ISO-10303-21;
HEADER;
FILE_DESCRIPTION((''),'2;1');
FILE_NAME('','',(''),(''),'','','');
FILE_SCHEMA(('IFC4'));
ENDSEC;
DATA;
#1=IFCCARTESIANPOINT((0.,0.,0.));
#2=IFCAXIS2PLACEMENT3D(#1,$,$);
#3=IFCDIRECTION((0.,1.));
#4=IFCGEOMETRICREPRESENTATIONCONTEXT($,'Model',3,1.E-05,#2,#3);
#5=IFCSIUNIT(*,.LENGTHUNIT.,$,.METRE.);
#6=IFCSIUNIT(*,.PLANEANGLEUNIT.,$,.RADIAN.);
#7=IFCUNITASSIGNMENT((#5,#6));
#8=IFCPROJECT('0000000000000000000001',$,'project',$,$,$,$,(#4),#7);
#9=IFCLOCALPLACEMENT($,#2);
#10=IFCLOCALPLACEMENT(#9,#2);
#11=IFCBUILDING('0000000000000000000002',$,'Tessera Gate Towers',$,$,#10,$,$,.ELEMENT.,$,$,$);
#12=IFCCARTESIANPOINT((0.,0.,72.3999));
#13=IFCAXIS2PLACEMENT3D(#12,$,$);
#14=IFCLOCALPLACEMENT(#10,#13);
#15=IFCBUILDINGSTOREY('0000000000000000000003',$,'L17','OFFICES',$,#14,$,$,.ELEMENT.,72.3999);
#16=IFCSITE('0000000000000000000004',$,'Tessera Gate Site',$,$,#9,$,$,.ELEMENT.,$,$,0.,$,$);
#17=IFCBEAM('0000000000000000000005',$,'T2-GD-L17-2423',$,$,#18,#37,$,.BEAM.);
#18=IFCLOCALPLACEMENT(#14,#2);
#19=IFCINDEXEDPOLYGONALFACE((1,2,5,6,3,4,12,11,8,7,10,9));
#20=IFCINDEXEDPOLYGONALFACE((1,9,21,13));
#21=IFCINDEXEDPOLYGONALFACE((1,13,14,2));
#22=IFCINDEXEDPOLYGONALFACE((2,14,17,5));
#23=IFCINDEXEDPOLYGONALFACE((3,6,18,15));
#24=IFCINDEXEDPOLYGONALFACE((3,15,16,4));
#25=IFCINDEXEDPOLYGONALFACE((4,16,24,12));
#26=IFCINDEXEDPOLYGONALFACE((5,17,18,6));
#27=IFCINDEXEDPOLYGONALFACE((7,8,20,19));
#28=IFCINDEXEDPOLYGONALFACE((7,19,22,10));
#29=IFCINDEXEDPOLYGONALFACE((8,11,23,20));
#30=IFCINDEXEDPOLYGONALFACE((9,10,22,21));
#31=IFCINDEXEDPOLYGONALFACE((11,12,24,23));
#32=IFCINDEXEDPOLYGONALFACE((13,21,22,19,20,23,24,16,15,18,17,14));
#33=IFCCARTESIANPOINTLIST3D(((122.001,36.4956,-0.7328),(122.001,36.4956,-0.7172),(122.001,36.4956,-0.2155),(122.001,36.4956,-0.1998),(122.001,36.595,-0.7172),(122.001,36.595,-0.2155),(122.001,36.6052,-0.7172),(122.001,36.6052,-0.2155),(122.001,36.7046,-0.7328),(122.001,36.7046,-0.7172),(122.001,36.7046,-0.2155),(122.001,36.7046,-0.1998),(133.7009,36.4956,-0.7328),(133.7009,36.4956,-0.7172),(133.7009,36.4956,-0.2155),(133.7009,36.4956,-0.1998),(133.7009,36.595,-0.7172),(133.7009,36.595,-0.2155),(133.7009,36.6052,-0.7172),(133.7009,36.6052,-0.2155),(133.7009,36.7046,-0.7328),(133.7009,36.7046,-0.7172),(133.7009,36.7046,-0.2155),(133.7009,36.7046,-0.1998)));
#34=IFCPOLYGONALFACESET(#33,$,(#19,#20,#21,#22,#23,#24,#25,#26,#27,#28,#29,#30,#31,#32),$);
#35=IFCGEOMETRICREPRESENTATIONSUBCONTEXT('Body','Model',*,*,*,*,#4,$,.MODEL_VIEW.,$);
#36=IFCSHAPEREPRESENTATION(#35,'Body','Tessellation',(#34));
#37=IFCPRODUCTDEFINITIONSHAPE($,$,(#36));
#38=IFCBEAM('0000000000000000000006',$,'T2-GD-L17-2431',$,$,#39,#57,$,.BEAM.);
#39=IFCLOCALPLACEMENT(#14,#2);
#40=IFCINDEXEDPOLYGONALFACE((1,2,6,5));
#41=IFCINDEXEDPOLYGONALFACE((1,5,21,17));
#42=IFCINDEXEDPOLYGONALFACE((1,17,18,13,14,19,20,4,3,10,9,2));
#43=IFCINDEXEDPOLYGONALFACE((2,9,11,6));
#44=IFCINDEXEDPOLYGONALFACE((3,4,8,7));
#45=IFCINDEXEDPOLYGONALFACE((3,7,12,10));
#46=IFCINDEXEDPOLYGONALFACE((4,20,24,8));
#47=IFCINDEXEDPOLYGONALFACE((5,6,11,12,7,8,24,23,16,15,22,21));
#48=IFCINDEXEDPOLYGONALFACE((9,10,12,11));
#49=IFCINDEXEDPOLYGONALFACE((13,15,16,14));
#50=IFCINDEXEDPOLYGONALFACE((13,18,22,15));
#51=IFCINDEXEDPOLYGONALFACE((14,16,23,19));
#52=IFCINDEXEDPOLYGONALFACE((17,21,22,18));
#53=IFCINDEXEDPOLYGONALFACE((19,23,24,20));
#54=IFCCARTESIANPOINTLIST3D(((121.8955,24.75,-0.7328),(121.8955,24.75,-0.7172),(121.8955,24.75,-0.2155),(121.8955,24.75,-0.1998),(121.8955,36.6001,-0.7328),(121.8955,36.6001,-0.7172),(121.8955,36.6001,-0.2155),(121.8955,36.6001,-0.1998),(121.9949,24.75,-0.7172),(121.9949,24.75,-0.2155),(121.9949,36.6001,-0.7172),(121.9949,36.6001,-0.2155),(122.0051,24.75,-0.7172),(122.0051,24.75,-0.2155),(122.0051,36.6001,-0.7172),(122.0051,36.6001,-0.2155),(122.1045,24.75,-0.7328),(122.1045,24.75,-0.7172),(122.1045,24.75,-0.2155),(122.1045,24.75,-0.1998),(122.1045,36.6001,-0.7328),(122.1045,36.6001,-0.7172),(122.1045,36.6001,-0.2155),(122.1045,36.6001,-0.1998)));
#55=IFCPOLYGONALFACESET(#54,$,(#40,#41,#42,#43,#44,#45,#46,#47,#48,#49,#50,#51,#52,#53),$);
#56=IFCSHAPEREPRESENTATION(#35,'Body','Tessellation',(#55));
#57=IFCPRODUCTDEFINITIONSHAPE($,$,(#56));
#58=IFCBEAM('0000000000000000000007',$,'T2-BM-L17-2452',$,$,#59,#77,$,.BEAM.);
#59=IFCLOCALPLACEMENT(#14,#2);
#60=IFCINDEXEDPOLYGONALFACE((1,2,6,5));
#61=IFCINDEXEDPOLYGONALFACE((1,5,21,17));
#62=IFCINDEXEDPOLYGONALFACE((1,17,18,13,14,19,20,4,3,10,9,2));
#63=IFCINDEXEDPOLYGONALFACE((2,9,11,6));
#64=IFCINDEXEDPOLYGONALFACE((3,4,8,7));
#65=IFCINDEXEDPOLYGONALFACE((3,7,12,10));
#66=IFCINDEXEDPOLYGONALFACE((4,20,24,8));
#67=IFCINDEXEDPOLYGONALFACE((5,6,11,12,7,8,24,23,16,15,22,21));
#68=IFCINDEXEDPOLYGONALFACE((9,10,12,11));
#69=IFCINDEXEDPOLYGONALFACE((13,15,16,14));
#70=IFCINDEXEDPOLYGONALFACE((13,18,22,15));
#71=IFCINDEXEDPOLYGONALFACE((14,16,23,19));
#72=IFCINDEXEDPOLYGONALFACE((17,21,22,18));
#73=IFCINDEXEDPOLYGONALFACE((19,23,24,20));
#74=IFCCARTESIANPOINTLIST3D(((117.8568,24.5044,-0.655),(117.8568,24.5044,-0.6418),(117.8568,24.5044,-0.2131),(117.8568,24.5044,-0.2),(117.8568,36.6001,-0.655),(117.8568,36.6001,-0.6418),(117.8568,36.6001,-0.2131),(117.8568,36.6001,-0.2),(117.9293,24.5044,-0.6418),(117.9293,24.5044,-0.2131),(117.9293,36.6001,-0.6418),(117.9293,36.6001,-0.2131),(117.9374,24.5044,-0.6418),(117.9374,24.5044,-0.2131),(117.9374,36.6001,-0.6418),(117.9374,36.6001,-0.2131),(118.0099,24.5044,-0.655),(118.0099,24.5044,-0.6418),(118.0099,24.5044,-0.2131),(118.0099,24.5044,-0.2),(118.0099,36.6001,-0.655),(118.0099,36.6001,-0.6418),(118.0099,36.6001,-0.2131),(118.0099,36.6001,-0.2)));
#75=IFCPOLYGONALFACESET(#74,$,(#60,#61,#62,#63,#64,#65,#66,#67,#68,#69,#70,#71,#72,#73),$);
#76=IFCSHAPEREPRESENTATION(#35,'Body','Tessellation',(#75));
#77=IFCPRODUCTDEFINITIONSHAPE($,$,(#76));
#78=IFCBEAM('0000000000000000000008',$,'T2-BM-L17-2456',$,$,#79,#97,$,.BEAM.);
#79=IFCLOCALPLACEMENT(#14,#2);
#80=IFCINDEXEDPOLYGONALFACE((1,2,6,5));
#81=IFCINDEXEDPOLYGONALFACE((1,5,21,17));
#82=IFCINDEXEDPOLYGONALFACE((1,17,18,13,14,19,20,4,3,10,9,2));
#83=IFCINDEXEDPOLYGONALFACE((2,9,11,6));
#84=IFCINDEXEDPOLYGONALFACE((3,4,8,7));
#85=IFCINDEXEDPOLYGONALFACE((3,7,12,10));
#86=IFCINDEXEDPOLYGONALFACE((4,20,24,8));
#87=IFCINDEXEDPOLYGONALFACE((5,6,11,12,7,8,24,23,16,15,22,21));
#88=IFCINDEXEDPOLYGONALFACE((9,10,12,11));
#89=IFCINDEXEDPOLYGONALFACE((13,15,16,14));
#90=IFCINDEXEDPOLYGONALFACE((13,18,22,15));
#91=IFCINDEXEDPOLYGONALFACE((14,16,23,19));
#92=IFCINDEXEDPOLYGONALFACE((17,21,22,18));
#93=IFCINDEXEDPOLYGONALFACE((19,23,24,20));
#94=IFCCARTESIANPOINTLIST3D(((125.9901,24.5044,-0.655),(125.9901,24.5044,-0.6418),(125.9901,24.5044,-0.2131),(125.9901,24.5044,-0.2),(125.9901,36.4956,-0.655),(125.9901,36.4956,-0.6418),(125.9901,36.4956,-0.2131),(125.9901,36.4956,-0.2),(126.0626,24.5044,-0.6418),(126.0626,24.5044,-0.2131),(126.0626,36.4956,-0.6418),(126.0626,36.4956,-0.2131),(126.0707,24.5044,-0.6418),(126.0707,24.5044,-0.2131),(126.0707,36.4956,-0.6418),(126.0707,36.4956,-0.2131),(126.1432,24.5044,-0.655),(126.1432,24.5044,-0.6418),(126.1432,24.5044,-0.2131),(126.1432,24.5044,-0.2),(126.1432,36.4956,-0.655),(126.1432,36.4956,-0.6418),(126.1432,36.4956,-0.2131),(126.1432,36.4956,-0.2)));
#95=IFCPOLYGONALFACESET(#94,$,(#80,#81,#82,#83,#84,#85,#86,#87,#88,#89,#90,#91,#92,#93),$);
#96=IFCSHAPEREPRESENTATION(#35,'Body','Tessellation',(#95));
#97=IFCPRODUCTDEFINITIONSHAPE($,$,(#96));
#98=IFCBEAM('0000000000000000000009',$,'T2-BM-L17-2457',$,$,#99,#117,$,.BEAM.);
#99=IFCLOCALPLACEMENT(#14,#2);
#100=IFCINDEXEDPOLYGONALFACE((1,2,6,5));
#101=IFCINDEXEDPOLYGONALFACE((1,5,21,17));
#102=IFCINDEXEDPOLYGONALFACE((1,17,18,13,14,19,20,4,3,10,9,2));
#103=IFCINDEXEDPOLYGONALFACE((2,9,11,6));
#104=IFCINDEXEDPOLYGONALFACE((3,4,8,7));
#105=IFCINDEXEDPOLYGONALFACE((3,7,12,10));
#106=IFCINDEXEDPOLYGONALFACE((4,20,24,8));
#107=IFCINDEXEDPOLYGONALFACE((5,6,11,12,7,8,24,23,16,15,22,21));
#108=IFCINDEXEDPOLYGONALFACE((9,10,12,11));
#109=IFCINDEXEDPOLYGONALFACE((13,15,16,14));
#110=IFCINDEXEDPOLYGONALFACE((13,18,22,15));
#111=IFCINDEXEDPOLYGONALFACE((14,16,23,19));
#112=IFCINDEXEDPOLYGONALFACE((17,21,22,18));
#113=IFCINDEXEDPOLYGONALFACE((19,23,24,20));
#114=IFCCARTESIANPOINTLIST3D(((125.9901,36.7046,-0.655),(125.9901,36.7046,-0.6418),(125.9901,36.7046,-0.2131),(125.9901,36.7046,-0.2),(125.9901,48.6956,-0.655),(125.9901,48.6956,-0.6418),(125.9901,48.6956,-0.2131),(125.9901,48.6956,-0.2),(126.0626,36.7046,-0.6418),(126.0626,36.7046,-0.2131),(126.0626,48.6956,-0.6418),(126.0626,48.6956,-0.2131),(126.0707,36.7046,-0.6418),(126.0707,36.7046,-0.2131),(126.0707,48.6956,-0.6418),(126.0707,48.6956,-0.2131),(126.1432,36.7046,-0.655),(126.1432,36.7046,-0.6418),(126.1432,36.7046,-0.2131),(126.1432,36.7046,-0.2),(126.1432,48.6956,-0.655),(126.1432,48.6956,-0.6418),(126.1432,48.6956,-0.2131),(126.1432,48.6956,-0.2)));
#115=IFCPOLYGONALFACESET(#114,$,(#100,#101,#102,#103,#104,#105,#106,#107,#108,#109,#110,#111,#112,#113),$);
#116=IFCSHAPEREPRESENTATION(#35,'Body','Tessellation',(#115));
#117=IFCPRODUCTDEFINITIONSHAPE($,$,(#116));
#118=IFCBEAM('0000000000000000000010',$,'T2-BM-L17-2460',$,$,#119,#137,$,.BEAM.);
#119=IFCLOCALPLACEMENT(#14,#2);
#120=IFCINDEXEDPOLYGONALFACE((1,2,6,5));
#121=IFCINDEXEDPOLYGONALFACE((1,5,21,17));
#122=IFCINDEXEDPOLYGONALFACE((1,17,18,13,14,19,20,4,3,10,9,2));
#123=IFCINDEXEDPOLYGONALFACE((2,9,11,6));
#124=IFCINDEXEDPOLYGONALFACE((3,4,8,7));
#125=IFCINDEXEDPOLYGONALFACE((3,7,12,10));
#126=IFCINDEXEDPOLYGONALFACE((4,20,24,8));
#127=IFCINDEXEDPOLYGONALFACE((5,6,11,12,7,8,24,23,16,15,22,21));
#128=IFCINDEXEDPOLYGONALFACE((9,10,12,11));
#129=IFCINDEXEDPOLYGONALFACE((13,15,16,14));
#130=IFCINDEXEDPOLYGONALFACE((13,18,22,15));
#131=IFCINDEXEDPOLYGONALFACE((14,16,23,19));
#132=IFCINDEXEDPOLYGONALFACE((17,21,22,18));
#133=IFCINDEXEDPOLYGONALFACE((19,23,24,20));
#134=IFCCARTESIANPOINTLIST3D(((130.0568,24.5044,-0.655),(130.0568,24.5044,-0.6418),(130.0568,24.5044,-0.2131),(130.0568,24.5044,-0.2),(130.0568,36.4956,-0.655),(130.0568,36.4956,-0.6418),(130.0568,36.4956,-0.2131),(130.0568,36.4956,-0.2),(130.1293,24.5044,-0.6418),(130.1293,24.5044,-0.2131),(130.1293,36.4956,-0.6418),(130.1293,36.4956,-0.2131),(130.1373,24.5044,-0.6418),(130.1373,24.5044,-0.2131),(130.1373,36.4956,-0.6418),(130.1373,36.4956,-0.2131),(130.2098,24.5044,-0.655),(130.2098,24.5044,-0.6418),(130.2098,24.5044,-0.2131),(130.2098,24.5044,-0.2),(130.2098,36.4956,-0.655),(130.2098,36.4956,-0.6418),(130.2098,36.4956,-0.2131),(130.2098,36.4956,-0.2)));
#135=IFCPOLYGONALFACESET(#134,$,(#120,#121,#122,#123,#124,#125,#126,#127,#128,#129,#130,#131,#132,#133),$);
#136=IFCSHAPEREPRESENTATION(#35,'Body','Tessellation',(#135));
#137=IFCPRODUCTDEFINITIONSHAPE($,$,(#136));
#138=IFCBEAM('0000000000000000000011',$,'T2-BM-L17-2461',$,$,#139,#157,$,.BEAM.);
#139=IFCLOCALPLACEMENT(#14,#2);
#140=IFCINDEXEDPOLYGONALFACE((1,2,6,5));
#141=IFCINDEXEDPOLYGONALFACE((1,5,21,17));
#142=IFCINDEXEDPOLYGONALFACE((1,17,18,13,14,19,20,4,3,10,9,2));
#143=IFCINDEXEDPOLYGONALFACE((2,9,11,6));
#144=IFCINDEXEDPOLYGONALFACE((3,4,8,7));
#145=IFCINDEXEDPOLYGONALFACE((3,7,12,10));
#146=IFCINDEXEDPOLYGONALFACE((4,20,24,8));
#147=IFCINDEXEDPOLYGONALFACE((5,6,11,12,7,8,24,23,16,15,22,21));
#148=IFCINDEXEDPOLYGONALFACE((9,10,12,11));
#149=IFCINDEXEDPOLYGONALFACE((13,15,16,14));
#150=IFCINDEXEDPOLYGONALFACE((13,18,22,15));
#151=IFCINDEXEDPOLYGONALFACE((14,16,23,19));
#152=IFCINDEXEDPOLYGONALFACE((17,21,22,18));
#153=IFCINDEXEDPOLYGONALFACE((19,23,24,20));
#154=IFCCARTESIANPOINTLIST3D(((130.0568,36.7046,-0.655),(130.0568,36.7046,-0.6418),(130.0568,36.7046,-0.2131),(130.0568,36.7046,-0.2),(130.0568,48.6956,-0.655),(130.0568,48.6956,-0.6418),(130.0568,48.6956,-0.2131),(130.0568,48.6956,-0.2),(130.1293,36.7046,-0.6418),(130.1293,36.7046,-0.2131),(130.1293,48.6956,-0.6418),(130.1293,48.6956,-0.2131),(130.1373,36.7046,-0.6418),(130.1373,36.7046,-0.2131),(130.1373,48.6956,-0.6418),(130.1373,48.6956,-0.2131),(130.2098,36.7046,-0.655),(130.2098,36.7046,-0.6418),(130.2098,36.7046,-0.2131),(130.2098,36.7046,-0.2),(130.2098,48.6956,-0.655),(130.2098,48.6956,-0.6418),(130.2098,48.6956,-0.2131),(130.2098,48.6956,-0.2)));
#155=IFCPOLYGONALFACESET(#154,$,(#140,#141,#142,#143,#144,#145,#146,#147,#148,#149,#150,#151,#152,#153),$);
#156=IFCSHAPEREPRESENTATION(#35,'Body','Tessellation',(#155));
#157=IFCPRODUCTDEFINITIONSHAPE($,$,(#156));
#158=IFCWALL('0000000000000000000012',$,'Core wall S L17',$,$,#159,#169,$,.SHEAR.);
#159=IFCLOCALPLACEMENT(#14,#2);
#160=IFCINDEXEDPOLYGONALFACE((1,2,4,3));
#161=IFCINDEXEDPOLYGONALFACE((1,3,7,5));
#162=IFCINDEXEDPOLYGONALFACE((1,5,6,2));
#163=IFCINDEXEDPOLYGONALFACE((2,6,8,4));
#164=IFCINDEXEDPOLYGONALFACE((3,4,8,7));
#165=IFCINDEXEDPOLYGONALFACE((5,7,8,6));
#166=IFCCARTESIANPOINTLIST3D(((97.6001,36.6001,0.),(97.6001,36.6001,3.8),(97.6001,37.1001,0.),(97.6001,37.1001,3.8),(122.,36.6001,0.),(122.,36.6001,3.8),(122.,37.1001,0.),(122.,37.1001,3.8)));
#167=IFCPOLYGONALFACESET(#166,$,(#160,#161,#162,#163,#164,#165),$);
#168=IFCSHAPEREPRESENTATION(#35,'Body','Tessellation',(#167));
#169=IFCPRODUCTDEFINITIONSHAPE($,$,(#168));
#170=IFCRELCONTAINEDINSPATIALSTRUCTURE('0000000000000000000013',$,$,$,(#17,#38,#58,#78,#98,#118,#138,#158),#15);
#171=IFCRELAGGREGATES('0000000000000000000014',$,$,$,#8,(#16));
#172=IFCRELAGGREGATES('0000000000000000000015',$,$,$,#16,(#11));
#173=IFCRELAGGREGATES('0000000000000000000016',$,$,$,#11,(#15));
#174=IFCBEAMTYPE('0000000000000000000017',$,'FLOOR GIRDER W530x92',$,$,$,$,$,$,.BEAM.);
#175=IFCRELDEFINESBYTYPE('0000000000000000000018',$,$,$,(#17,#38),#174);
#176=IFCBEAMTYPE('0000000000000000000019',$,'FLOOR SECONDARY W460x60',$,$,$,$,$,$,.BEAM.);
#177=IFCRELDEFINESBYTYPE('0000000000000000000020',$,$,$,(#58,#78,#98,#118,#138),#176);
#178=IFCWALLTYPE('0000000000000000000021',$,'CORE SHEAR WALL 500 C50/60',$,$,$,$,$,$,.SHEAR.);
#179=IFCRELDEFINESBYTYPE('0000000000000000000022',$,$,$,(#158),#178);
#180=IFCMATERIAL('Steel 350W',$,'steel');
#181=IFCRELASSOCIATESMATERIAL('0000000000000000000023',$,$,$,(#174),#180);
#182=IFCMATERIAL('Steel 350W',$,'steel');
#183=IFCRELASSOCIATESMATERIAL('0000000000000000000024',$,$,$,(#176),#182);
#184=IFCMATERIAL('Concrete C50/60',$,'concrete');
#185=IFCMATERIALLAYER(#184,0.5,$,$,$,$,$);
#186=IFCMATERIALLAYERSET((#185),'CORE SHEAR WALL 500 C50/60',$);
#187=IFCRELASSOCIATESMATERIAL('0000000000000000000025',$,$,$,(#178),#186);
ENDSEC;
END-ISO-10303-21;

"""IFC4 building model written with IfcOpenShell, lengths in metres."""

from ifc_helpers import new_model, si_unit, direction, frame, frame_2d, origin, origin_2d, place, context, subcontext, project, spatial, rectangle, i_section, extrude, material, layer, layer_set, material_profile, profile_set, type_object, element, save


model = new_model("IFC4")

# Units and contexts
model_context = context("Model", 3, precision=1e-05, world=origin(), true_north=direction((0.0, 1.0)))
body_context = subcontext(model_context, "Body", "Model", "MODEL_VIEW")
ifc_project = project(units=[si_unit("LENGTHUNIT", "METRE"), si_unit("PLANEANGLEUNIT", "RADIAN")], contexts=[model_context])

# Site, building, storey
site_placement = place(None, origin())
site = spatial("IfcSite", under=ifc_project, at=site_placement, Name="Tessera Gate Site", CompositionType="ELEMENT", RefElevation=0.0)
building_placement = place(site_placement, origin())
building = spatial("IfcBuilding", under=site, at=building_placement, Name="Tessera Gate Towers", CompositionType="ELEMENT")
storey_placement = place(building_placement, frame((0.0, 0.0, 72.3999)))
storey = spatial("IfcBuildingStorey", under=building, at=storey_placement, Name="L17", Description="OFFICES", CompositionType="ELEMENT", Elevation=72.3999)

# Beams
ifc_material_1 = material(Name="Steel 350W", Category="steel")
ifc_material_profile_1 = material_profile(ifc_material_1, i_section(OverallWidth=0.209, OverallDepth=0.533, WebThickness=0.0103, FlangeThickness=0.0156, at=origin_2d()), Name="W530x92")
ifc_profile_set_1 = profile_set([ifc_material_profile_1], Name="Steel 350W")
beam_type_1 = type_object("IfcBeamType", Name="FLOOR GIRDER W530x92", PredefinedType="BEAM", material=ifc_profile_set_1)
beam_1_placement = place(storey_placement, frame((122.001, 36.6001, -0.4663), z_axis=(1.0, 0.0, 0.0), x_axis=(0.0, 1.0, 0.0)))
element("IfcBeam", 1, at=beam_1_placement, inside=storey, type_object=beam_type_1, Name="T2-GD-L17-2423", PredefinedType="BEAM", context=body_context, shape_type="SweptSolid", body=[
    extrude(i_section(OverallWidth=0.209, OverallDepth=0.533, WebThickness=0.0103, FlangeThickness=0.0156, at=origin_2d()), origin(), (0.0, 0.0, 1.0), 11.7),
])
beam_2_placement = place(storey_placement, frame((122.0, 24.75, -0.4663), z_axis=(0.0, 1.0, 0.0), x_axis=(-1.0, 0.0, 0.0)))
element("IfcBeam", 2, at=beam_2_placement, inside=storey, type_object=beam_type_1, Name="T2-GD-L17-2431", PredefinedType="BEAM", context=body_context, shape_type="SweptSolid", body=[
    extrude(i_section(OverallWidth=0.209, OverallDepth=0.533, WebThickness=0.0103, FlangeThickness=0.0156, at=origin_2d()), origin(), (0.0, 0.0, 1.0), 11.8501),
])
ifc_material_2 = material(Name="Steel 350W", Category="steel")
ifc_material_profile_2 = material_profile(ifc_material_2, i_section(OverallWidth=0.1531, OverallDepth=0.4551, WebThickness=0.0081, FlangeThickness=0.0132, at=origin_2d()), Name="W460x60")
ifc_profile_set_2 = profile_set([ifc_material_profile_2], Name="Steel 350W")
beam_type_2 = type_object("IfcBeamType", Name="FLOOR SECONDARY W460x60", PredefinedType="BEAM", material=ifc_profile_set_2)
beam_3_placement = place(storey_placement, frame((117.9333, 24.5044, -0.4275), z_axis=(0.0, 1.0, 0.0), x_axis=(-1.0, 0.0, 0.0)))
element("IfcBeam", 3, at=beam_3_placement, inside=storey, type_object=beam_type_2, Name="T2-BM-L17-2452", PredefinedType="BEAM", context=body_context, shape_type="SweptSolid", body=[
    extrude(i_section(OverallWidth=0.1531, OverallDepth=0.4551, WebThickness=0.0081, FlangeThickness=0.0132, at=origin_2d()), origin(), (0.0, 0.0, 1.0), 12.0957),
])
beam_4_placement = place(storey_placement, frame((126.0667, 24.5044, -0.4275), z_axis=(0.0, 1.0, 0.0), x_axis=(-1.0, 0.0, 0.0)))
element("IfcBeam", 4, at=beam_4_placement, inside=storey, type_object=beam_type_2, Name="T2-BM-L17-2456", PredefinedType="BEAM", context=body_context, shape_type="SweptSolid", body=[
    extrude(i_section(OverallWidth=0.1531, OverallDepth=0.4551, WebThickness=0.0081, FlangeThickness=0.0132, at=origin_2d()), origin(), (0.0, 0.0, 1.0), 11.9912),
])
beam_5_placement = place(storey_placement, frame((126.0667, 36.7046, -0.4275), z_axis=(0.0, 1.0, 0.0), x_axis=(-1.0, 0.0, 0.0)))
element("IfcBeam", 5, at=beam_5_placement, inside=storey, type_object=beam_type_2, Name="T2-BM-L17-2457", PredefinedType="BEAM", context=body_context, shape_type="SweptSolid", body=[
    extrude(i_section(OverallWidth=0.1531, OverallDepth=0.4551, WebThickness=0.0081, FlangeThickness=0.0132, at=origin_2d()), origin(), (0.0, 0.0, 1.0), 11.991),
])
beam_6_placement = place(storey_placement, frame((130.1333, 24.5044, -0.4275), z_axis=(0.0, 1.0, 0.0), x_axis=(-1.0, 0.0, 0.0)))
element("IfcBeam", 6, at=beam_6_placement, inside=storey, type_object=beam_type_2, Name="T2-BM-L17-2460", PredefinedType="BEAM", context=body_context, shape_type="SweptSolid", body=[
    extrude(i_section(OverallWidth=0.1531, OverallDepth=0.4551, WebThickness=0.0081, FlangeThickness=0.0132, at=origin_2d()), origin(), (0.0, 0.0, 1.0), 11.9912),
])
beam_7_placement = place(storey_placement, frame((130.1333, 36.7046, -0.4275), z_axis=(0.0, 1.0, 0.0), x_axis=(-1.0, 0.0, 0.0)))
element("IfcBeam", 7, at=beam_7_placement, inside=storey, type_object=beam_type_2, Name="T2-BM-L17-2461", PredefinedType="BEAM", context=body_context, shape_type="SweptSolid", body=[
    extrude(i_section(OverallWidth=0.1531, OverallDepth=0.4551, WebThickness=0.0081, FlangeThickness=0.0132, at=origin_2d()), origin(), (0.0, 0.0, 1.0), 11.991),
])

# Wall
ifc_material_3 = material(Name="Concrete C50/60", Category="concrete")
ifc_layer_1 = layer(ifc_material_3, 0.5)
ifc_layer_set_1 = layer_set([ifc_layer_1], Name="CORE SHEAR WALL 500 C50/60")
wall_type_1 = type_object("IfcWallType", Name="CORE SHEAR WALL 500 C50/60", PredefinedType="SHEAR", material=ifc_layer_set_1)
wall_1_placement = place(storey_placement, frame((122.0, 36.8501, 0.0), z_axis=(0.0, 0.0, 1.0), x_axis=(-1.0, 0.0, 0.0)))
element("IfcWall", 8, at=wall_1_placement, inside=storey, type_object=wall_type_1, Name="Core wall S L17", PredefinedType="SHEAR", context=body_context, shape_type="SweptSolid", body=[
    extrude(rectangle(XDim=24.3999, YDim=0.5, at=frame_2d((12.2, 0.0))), origin(), (0.0, 0.0, 1.0), 3.8),
])

save(model, "model.ifc")
